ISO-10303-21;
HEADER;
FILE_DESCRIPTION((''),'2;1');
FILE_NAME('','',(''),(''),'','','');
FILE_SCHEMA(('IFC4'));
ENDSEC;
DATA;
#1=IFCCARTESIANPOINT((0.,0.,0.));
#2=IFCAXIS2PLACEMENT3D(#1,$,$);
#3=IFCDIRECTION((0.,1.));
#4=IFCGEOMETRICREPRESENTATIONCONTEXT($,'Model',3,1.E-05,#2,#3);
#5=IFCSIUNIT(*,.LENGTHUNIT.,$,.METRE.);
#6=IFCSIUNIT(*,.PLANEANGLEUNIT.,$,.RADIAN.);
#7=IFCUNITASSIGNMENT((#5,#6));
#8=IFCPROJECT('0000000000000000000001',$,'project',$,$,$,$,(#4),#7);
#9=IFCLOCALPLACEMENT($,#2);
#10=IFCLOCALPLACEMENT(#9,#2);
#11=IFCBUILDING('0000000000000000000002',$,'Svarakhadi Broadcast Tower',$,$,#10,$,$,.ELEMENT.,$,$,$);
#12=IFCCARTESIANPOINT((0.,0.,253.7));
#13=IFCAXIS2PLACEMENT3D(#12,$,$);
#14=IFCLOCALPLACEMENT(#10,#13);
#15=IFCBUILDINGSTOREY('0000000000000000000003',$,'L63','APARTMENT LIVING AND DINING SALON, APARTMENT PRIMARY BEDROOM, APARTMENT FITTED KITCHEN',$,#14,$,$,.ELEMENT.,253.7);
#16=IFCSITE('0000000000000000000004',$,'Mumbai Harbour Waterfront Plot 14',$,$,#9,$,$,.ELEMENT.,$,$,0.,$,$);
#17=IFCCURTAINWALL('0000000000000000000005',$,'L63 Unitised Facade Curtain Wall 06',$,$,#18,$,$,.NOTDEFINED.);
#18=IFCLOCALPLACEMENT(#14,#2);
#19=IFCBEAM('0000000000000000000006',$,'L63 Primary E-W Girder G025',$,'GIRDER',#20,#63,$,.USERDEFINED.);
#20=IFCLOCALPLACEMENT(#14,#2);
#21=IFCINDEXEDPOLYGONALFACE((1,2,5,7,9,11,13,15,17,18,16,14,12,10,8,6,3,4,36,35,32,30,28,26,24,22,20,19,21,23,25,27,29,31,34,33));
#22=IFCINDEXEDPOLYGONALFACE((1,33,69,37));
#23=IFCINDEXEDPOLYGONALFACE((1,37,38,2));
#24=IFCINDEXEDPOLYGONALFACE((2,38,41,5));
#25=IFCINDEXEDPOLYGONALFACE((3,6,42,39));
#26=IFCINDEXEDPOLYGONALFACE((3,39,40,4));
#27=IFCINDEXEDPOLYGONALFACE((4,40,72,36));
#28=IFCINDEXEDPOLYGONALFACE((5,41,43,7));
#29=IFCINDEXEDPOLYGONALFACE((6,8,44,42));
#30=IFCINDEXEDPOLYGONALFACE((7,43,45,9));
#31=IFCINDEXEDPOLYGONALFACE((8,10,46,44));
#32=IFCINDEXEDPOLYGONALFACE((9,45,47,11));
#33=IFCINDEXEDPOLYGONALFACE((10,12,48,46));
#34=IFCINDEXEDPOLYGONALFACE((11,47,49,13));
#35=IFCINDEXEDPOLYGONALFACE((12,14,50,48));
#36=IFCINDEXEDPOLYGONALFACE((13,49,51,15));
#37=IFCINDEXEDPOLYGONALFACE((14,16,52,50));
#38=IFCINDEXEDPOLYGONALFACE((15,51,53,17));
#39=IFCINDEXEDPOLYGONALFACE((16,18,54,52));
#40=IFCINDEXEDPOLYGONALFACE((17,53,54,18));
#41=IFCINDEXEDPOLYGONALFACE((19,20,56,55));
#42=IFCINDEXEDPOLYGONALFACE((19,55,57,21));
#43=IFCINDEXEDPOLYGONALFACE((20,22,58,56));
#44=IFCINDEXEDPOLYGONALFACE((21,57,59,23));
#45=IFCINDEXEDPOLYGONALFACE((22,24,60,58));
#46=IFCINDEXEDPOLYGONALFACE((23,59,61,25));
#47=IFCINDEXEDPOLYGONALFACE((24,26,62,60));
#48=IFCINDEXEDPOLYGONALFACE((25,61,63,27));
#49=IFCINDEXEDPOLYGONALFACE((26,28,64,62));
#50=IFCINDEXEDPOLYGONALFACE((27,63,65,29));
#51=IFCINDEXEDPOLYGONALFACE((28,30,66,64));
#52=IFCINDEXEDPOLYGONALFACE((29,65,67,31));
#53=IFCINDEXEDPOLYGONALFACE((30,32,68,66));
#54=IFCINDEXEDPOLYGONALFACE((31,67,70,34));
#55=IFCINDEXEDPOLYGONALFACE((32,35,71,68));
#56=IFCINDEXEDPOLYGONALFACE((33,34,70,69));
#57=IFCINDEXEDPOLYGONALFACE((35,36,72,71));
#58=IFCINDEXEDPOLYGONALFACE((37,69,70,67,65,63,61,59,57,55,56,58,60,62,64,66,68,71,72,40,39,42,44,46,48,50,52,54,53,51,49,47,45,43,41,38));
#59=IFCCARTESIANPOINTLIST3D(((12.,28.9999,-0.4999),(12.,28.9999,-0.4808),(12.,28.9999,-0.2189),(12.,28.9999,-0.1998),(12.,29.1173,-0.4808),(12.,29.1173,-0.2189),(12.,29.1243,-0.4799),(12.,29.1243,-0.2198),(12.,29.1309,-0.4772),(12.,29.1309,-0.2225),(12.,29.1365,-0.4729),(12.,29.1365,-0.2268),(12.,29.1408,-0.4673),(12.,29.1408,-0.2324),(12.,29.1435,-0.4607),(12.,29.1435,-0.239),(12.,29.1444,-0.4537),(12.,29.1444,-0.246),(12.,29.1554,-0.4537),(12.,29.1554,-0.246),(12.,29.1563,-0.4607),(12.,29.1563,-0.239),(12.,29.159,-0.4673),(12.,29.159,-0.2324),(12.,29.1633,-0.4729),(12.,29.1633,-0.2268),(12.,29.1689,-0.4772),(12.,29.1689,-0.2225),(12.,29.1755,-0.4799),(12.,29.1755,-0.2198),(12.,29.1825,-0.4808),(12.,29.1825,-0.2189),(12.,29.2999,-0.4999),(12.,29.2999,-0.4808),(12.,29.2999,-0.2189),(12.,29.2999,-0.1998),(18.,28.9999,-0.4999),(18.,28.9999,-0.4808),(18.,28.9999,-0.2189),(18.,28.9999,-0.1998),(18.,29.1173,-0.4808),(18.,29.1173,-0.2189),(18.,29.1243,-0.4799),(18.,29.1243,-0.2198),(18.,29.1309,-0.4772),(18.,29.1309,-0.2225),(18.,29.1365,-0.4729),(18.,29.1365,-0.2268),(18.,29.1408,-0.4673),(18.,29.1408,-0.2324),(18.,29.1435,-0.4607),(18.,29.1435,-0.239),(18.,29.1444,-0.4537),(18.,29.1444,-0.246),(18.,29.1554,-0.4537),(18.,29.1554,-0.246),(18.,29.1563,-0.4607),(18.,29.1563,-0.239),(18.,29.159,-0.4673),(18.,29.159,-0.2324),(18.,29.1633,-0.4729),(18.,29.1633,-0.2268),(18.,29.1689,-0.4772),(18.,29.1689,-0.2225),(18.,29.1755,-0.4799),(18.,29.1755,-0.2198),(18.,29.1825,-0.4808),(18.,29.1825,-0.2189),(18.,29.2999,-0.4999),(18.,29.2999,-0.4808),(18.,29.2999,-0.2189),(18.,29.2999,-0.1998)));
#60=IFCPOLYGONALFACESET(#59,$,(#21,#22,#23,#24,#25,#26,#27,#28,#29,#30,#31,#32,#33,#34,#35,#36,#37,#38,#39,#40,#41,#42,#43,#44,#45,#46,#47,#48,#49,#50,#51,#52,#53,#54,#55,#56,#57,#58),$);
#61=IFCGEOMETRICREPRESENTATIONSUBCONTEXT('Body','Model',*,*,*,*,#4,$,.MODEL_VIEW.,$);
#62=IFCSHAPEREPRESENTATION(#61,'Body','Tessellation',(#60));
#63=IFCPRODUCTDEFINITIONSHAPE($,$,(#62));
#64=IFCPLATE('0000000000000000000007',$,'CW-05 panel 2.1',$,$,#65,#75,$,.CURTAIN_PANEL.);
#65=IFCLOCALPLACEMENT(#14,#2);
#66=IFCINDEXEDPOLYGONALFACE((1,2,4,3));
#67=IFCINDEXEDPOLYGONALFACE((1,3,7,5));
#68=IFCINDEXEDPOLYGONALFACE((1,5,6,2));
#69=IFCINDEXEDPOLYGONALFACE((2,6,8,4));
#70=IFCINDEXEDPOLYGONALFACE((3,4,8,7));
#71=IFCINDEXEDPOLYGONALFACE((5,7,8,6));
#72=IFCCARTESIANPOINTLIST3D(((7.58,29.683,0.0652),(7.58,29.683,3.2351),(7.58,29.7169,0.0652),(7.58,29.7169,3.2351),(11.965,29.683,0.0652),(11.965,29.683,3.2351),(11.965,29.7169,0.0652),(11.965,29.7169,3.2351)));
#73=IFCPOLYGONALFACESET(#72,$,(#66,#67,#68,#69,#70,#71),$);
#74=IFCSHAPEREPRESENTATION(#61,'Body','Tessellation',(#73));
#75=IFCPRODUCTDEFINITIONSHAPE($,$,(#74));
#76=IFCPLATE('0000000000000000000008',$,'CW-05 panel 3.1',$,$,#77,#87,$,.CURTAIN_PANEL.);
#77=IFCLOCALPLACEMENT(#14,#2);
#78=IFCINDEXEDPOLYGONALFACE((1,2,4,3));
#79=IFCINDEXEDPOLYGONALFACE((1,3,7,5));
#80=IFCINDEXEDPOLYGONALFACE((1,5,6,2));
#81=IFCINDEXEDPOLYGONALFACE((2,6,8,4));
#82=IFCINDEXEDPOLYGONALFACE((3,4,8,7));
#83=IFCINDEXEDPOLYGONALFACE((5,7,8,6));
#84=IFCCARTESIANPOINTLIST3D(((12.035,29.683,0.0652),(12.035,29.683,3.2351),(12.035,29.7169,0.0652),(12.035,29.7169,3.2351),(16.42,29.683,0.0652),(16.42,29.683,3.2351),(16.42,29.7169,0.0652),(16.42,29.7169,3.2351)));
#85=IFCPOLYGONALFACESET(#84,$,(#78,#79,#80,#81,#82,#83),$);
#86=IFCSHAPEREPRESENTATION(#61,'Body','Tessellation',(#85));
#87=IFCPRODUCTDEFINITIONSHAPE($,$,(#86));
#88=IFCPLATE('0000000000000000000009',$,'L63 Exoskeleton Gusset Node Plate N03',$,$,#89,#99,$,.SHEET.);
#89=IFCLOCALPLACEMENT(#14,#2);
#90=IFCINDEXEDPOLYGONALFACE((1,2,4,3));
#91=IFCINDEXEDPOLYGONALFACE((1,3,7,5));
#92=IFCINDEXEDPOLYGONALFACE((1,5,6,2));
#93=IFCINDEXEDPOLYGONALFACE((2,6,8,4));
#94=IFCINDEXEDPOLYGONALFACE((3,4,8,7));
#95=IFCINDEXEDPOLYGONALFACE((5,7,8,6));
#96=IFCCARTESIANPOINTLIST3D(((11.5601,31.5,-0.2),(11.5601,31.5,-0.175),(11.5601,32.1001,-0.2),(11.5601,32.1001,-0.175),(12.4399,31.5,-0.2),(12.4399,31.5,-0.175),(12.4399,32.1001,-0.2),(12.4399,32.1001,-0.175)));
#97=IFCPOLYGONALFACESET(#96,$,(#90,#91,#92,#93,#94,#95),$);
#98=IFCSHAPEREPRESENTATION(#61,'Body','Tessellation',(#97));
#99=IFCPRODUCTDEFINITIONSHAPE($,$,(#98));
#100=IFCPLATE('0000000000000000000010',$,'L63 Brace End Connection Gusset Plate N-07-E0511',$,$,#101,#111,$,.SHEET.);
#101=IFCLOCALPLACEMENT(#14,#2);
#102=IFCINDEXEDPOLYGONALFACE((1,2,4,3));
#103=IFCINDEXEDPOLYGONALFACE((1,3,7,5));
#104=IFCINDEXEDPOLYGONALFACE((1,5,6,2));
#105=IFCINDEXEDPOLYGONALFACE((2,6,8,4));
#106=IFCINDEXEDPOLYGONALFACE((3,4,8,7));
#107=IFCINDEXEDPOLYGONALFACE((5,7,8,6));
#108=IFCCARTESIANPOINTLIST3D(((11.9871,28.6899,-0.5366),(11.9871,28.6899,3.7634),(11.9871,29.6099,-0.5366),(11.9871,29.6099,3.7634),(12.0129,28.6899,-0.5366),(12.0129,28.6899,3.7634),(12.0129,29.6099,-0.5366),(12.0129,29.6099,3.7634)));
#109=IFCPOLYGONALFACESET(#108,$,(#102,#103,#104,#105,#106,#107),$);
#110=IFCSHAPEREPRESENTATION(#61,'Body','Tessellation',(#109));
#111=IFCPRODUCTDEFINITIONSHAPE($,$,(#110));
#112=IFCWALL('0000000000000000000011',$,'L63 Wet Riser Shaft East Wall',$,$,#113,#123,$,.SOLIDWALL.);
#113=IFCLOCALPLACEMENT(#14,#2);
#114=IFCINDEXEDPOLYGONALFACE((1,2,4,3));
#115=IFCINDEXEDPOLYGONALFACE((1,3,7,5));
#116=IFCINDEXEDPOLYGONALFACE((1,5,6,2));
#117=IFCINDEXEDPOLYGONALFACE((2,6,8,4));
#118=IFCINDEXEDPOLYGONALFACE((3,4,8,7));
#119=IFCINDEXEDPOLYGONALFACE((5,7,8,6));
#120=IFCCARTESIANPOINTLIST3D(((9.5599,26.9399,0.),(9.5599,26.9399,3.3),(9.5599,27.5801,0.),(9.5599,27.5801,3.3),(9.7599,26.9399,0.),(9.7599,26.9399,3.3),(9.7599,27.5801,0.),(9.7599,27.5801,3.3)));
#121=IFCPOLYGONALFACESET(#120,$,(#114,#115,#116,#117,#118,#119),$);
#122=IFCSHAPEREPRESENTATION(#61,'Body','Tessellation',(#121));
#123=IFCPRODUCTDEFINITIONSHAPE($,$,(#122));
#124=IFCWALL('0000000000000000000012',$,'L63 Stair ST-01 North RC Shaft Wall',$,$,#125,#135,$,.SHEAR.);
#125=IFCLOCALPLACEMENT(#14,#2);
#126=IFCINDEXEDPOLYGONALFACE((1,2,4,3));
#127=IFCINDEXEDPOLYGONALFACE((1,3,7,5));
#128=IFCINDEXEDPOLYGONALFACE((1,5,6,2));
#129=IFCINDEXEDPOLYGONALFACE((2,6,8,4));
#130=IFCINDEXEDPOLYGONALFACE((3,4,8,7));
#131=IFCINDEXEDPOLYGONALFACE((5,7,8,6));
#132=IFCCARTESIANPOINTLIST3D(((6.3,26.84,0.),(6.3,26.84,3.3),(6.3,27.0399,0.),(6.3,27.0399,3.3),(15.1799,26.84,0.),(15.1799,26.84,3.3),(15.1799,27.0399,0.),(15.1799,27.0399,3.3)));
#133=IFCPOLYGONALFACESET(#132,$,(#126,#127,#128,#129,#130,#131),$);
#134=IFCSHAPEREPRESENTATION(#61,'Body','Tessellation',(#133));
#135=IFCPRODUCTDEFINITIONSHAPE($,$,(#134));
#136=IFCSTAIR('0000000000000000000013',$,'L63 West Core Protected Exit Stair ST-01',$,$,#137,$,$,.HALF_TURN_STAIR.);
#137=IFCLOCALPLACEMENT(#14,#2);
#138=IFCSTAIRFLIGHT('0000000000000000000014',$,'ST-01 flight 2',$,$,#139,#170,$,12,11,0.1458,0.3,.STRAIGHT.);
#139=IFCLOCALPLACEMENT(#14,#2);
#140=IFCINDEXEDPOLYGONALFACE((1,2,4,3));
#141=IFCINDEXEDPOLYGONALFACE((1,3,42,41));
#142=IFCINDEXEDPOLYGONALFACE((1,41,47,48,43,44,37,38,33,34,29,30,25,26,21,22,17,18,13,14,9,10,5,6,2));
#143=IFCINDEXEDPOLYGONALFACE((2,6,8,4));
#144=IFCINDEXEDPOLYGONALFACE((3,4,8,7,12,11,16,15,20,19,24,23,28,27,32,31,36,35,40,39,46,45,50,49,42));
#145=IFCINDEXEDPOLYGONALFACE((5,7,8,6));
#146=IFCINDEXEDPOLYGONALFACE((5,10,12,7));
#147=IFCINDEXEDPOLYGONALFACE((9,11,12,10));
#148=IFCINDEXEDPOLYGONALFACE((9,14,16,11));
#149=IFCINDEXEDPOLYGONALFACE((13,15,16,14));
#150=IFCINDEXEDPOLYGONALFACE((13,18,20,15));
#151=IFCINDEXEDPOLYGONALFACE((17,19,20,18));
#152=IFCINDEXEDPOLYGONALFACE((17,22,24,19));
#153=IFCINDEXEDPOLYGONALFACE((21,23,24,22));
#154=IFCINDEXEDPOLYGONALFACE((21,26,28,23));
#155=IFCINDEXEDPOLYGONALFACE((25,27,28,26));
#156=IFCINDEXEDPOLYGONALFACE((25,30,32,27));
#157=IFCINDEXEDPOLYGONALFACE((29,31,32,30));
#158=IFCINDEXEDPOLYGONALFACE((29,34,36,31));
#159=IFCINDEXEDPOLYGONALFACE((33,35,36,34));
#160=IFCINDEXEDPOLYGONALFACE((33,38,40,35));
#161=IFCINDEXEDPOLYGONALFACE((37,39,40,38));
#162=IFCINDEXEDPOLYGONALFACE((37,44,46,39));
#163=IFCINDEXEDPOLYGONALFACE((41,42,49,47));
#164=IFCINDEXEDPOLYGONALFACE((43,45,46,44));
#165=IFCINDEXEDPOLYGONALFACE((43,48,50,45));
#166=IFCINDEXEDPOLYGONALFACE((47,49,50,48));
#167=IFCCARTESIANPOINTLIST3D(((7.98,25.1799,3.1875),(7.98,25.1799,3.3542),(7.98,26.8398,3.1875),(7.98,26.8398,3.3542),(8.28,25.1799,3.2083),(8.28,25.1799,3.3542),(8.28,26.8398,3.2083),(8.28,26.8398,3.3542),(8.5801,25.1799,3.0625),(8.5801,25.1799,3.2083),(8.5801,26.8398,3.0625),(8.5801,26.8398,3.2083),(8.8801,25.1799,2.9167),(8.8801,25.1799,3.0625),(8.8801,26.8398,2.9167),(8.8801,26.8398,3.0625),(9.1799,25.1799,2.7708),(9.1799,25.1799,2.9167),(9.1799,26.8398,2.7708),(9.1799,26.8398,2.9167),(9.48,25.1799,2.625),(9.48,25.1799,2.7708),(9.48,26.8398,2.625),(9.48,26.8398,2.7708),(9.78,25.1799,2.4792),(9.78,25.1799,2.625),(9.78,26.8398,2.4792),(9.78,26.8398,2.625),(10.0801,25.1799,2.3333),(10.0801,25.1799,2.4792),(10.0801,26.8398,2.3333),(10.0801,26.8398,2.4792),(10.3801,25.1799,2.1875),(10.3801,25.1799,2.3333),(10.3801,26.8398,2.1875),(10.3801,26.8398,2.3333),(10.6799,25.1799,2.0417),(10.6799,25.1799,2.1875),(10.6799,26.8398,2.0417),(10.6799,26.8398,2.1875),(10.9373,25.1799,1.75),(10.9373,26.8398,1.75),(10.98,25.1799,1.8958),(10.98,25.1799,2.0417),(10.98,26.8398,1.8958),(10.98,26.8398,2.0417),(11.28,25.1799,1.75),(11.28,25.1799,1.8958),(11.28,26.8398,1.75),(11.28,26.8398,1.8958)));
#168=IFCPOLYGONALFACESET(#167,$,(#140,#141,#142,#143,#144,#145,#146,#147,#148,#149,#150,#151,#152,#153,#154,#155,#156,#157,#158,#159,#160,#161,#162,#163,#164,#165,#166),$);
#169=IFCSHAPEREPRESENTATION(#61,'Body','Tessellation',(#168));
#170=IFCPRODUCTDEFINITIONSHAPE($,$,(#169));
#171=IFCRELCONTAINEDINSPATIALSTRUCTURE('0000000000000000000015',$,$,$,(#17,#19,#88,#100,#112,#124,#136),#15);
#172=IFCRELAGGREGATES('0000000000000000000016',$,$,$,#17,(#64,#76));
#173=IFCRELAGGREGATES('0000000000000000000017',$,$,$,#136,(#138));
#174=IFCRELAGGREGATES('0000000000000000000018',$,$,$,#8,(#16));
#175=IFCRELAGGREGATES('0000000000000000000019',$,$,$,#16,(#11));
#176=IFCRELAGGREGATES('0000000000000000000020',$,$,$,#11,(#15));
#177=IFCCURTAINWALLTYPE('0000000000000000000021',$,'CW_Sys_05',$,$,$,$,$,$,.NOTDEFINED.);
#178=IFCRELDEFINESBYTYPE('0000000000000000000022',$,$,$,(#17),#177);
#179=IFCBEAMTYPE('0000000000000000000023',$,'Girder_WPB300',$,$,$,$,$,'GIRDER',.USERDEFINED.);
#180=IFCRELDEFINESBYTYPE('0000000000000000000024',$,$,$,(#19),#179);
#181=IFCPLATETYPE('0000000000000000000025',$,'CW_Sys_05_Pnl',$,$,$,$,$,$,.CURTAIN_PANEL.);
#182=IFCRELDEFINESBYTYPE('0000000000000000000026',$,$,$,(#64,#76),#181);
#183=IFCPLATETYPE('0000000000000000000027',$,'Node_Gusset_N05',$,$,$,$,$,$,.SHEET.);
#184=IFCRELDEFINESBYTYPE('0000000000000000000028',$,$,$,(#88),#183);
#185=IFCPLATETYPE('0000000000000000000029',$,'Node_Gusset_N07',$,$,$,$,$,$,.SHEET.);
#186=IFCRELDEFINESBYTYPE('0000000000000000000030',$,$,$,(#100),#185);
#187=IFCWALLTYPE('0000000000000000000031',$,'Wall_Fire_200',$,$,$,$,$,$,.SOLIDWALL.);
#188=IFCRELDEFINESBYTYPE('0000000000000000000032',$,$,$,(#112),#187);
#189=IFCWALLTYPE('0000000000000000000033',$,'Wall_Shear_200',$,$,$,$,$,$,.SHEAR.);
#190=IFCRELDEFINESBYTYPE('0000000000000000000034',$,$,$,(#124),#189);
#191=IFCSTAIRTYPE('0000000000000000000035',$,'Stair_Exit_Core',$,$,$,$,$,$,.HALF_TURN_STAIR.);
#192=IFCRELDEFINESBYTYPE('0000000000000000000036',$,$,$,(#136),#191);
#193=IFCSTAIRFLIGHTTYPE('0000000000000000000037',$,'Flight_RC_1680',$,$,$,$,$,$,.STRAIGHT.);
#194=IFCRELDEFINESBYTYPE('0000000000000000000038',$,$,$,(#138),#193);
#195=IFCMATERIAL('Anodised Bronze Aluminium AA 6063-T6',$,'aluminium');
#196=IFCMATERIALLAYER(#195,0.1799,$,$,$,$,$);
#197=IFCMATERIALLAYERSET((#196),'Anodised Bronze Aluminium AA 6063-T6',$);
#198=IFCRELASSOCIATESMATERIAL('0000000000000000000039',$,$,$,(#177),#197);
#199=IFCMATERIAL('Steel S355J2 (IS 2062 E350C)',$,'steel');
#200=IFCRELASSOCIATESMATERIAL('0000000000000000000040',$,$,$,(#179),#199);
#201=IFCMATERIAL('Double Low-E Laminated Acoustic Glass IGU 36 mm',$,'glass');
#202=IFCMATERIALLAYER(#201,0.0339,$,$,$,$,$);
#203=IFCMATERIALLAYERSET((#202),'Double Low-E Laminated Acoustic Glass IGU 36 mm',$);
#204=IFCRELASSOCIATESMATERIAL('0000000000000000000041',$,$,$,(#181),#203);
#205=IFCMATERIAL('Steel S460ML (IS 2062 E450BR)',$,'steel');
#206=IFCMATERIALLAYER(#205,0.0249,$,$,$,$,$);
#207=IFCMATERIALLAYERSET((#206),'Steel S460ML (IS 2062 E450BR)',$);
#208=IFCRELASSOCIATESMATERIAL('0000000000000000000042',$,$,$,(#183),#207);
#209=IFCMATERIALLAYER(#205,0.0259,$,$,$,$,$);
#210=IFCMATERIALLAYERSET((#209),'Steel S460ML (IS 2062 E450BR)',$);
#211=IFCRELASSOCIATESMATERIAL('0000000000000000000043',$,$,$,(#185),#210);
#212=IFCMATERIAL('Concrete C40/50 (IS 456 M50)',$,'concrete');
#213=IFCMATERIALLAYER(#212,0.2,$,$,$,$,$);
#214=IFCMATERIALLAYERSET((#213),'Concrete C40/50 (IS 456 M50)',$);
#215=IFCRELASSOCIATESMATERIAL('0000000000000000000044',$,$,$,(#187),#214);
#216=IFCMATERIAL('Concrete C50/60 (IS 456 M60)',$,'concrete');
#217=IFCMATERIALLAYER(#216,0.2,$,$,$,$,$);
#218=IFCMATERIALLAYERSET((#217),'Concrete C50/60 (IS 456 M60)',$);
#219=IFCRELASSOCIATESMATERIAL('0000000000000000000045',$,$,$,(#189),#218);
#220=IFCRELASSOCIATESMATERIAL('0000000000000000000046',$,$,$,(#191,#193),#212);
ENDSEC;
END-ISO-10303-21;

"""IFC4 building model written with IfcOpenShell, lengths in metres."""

from ifc_helpers import new_model, si_unit, direction, frame, frame_2d, origin, origin_2d, place, context, subcontext, project, spatial, polyline, rectangle, i_section, outline, extrude, material, layer, layer_set, material_profile, profile_set, type_object, element, aggregate, save


model = new_model("IFC4")

# Units and contexts
model_context = context("Model", 3, precision=1e-05, world=origin(), true_north=direction((0.0, 1.0)))
body_context = subcontext(model_context, "Body", "Model", "MODEL_VIEW")
ifc_project = project(units=[si_unit("LENGTHUNIT", "METRE"), si_unit("PLANEANGLEUNIT", "RADIAN")], contexts=[model_context])

# Site, building, storey
site_placement = place(None, origin())
site = spatial("IfcSite", under=ifc_project, at=site_placement, Name="Mumbai Harbour Waterfront Plot 14", CompositionType="ELEMENT", RefElevation=0.0)
building_placement = place(site_placement, origin())
building = spatial("IfcBuilding", under=site, at=building_placement, Name="Svarakhadi Broadcast Tower", CompositionType="ELEMENT")
storey_placement = place(building_placement, frame((0.0, 0.0, 253.7)))
storey = spatial("IfcBuildingStorey", under=building, at=storey_placement, Name="L63", Description="APARTMENT LIVING AND DINING SALON, APARTMENT PRIMARY BEDROOM, APARTMENT FITTED KITCHEN", CompositionType="ELEMENT", Elevation=253.7)

# Shared definitions
ifc_material_1 = material(Name="Steel S460ML (IS 2062 E450BR)", Category="steel")

# Curtain wall
ifc_material_2 = material(Name="Anodised Bronze Aluminium AA 6063-T6", Category="aluminium")
ifc_layer_1 = layer(ifc_material_2, 0.1799)
ifc_layer_set_1 = layer_set([ifc_layer_1], Name="Anodised Bronze Aluminium AA 6063-T6")
curtain_wall_type = type_object("IfcCurtainWallType", Name="CW_Sys_05", PredefinedType="NOTDEFINED", material=ifc_layer_set_1)
curtain_wall_placement = place(storey_placement, origin())
curtain_wall = element("IfcCurtainWall", 1, at=curtain_wall_placement, inside=storey, type_object=curtain_wall_type, Name="L63 Unitised Facade Curtain Wall 06", PredefinedType="NOTDEFINED")

# Beam
ifc_material_3 = material(Name="Steel S355J2 (IS 2062 E350C)", Category="steel")
ifc_material_profile_1 = material_profile(ifc_material_3, i_section(OverallWidth=0.3, OverallDepth=0.3, WebThickness=0.011, FlangeThickness=0.019, FilletRadius=0.0271, at=origin_2d()), Name="WPB 300x300x117")
ifc_profile_set_1 = profile_set([ifc_material_profile_1], Name="Steel S355J2 (IS 2062 E350C)")
beam_type = type_object("IfcBeamType", Name="Girder_WPB300", ElementType="GIRDER", PredefinedType="USERDEFINED", material=ifc_profile_set_1)
beam_placement = place(storey_placement, frame((12.0, 29.1499, -0.3499), z_axis=(1.0, 0.0, 0.0), x_axis=(0.0, 1.0, 0.0)))
element("IfcBeam", 2, at=beam_placement, inside=storey, type_object=beam_type, Name="L63 Primary E-W Girder G025", ObjectType="GIRDER", PredefinedType="USERDEFINED", context=body_context, shape_type="SweptSolid", body=[
    extrude(i_section(OverallWidth=0.3, OverallDepth=0.3, WebThickness=0.011, FlangeThickness=0.019, FilletRadius=0.0271, at=origin_2d()), origin(), (0.0, 0.0, 1.0), 6.0),
])

# Plates
ifc_material_4 = material(Name="Double Low-E Laminated Acoustic Glass IGU 36 mm", Category="glass")
ifc_layer_2 = layer(ifc_material_4, 0.0339)
ifc_layer_set_2 = layer_set([ifc_layer_2], Name="Double Low-E Laminated Acoustic Glass IGU 36 mm")
plate_type_1 = type_object("IfcPlateType", Name="CW_Sys_05_Pnl", PredefinedType="CURTAIN_PANEL", material=ifc_layer_set_2)
plate_1_placement = place(storey_placement, frame((9.7725, 29.7, 0.0652), z_axis=(0.0, 0.0, 1.0), x_axis=(1.0, 0.0, 0.0)))
plate_1 = element("IfcPlate", 3, at=plate_1_placement, type_object=plate_type_1, Name="CW-05 panel 2.1", PredefinedType="CURTAIN_PANEL", context=body_context, shape_type="SweptSolid", body=[
    extrude(rectangle(XDim=4.385, YDim=0.0339, at=origin_2d()), origin(), (0.0, 0.0, 1.0), 3.1699),
])
plate_2_placement = place(storey_placement, frame((14.2275, 29.7, 0.0652), z_axis=(0.0, 0.0, 1.0), x_axis=(1.0, 0.0, 0.0)))
plate_2 = element("IfcPlate", 4, at=plate_2_placement, type_object=plate_type_1, Name="CW-05 panel 3.1", PredefinedType="CURTAIN_PANEL", context=body_context, shape_type="SweptSolid", body=[
    extrude(rectangle(XDim=4.385, YDim=0.0339, at=origin_2d()), origin(), (0.0, 0.0, 1.0), 3.1699),
])
aggregate(curtain_wall, [plate_1, plate_2])

# Plates
ifc_layer_3 = layer(ifc_material_1, 0.0249)
ifc_layer_set_3 = layer_set([ifc_layer_3], Name="Steel S460ML (IS 2062 E450BR)")
plate_type_2 = type_object("IfcPlateType", Name="Node_Gusset_N05", PredefinedType="SHEET", material=ifc_layer_set_3)
plate_3_placement = place(storey_placement, frame((12.0, 31.8, -0.2), z_axis=(0.0, 0.0, 1.0), x_axis=(1.0, 0.0, 0.0)))
element("IfcPlate", 5, at=plate_3_placement, inside=storey, type_object=plate_type_2, Name="L63 Exoskeleton Gusset Node Plate N03", PredefinedType="SHEET", context=body_context, shape_type="SweptSolid", body=[
    extrude(rectangle(XDim=0.8799, YDim=0.6001, at=origin_2d()), origin(), (0.0, 0.0, 1.0), 0.0249),
])
ifc_layer_4 = layer(ifc_material_1, 0.0259)
ifc_layer_set_4 = layer_set([ifc_layer_4], Name="Steel S460ML (IS 2062 E450BR)")
plate_type_3 = type_object("IfcPlateType", Name="Node_Gusset_N07", PredefinedType="SHEET", material=ifc_layer_set_4)
plate_4_placement = place(storey_placement, frame((12.0, 29.1499, -0.5366), z_axis=(0.0, 0.0, 1.0), x_axis=(0.0, 1.0, 0.0)))
element("IfcPlate", 6, at=plate_4_placement, inside=storey, type_object=plate_type_3, Name="L63 Brace End Connection Gusset Plate N-07-E0511", PredefinedType="SHEET", context=body_context, shape_type="SweptSolid", body=[
    extrude(rectangle(XDim=0.9199, YDim=0.0259, at=origin_2d()), origin(), (0.0, 0.0, 1.0), 4.3),
])

# Walls
ifc_material_5 = material(Name="Concrete C40/50 (IS 456 M50)", Category="concrete")
ifc_layer_5 = layer(ifc_material_5, 0.2)
ifc_layer_set_5 = layer_set([ifc_layer_5], Name="Concrete C40/50 (IS 456 M50)")
wall_type_1 = type_object("IfcWallType", Name="Wall_Fire_200", PredefinedType="SOLIDWALL", material=ifc_layer_set_5)
wall_1_placement = place(storey_placement, frame((9.6599, 26.9399, 0.0), z_axis=(0.0, 0.0, 1.0), x_axis=(0.0, 1.0, 0.0)))
element("IfcWall", 7, at=wall_1_placement, inside=storey, type_object=wall_type_1, Name="L63 Wet Riser Shaft East Wall", PredefinedType="SOLIDWALL", context=body_context, shape_type="SweptSolid", body=[
    extrude(rectangle(XDim=0.6401, YDim=0.2, at=frame_2d((0.3201, 0.0))), origin(), (0.0, 0.0, 1.0), 3.3),
])
ifc_material_6 = material(Name="Concrete C50/60 (IS 456 M60)", Category="concrete")
ifc_layer_6 = layer(ifc_material_6, 0.2)
ifc_layer_set_6 = layer_set([ifc_layer_6], Name="Concrete C50/60 (IS 456 M60)")
wall_type_2 = type_object("IfcWallType", Name="Wall_Shear_200", PredefinedType="SHEAR", material=ifc_layer_set_6)
wall_2_placement = place(storey_placement, frame((6.3, 26.9399, 0.0), z_axis=(0.0, 0.0, 1.0), x_axis=(1.0, 0.0, 0.0)))
element("IfcWall", 8, at=wall_2_placement, inside=storey, type_object=wall_type_2, Name="L63 Stair ST-01 North RC Shaft Wall", PredefinedType="SHEAR", context=body_context, shape_type="SweptSolid", body=[
    extrude(rectangle(XDim=8.8799, YDim=0.2, at=frame_2d((4.4399, 0.0))), origin(), (0.0, 0.0, 1.0), 3.3),
])

# Stair, stair flight
stair_type = type_object("IfcStairType", Name="Stair_Exit_Core", PredefinedType="HALF_TURN_STAIR", material=ifc_material_5)
stair_placement = place(storey_placement, origin())
stair = element("IfcStair", 9, at=stair_placement, inside=storey, type_object=stair_type, Name="L63 West Core Protected Exit Stair ST-01", PredefinedType="HALF_TURN_STAIR")
stair_flight_type = type_object("IfcStairFlightType", Name="Flight_RC_1680", PredefinedType="STRAIGHT", material=ifc_material_5)
stair_flight_placement = place(storey_placement, frame((11.28, 26.01, 1.75), z_axis=(0.0, 0.0, 1.0), x_axis=(-1.0, 0.0, 0.0)))
stair_flight = element("IfcStairFlight", 10, at=stair_flight_placement, type_object=stair_flight_type, Name="ST-01 flight 2", NumberOfRisers=12, NumberOfTreads=11, PredefinedType="STRAIGHT", RiserHeight=0.1458, TreadLength=0.3, context=body_context, shape_type="SweptSolid", body=[
    extrude(outline(polyline([(0.0, 0.0), (0.0, 0.1458), (0.3, 0.1458), (0.3, 0.2917), (0.6001, 0.2917), (0.6001, 0.4375), (0.8999, 0.4375), (0.8999, 0.5833), (1.2, 0.5833), (1.2, 0.7292), (1.5, 0.7292), (1.5, 0.875), (1.8, 0.875), (1.8, 1.0208), (2.1001, 1.0208), (2.1001, 1.1667), (2.3999, 1.1667), (2.3999, 1.3125), (2.7, 1.3125), (2.7, 1.4583), (3.0, 1.4583), (3.0, 1.6042), (3.3, 1.6042), (3.3, 1.75), (3.3, 1.4375), (0.3428, 0.0), (0.0, 0.0)])), frame((0.0, 0.8301, 0.0), z_axis=(0.0, -1.0, 0.0), x_axis=(1.0, 0.0, 0.0)), (0.0, 0.0, 1.0), 1.6599),
])
aggregate(stair, [stair_flight])

save(model, "model.ifc")
